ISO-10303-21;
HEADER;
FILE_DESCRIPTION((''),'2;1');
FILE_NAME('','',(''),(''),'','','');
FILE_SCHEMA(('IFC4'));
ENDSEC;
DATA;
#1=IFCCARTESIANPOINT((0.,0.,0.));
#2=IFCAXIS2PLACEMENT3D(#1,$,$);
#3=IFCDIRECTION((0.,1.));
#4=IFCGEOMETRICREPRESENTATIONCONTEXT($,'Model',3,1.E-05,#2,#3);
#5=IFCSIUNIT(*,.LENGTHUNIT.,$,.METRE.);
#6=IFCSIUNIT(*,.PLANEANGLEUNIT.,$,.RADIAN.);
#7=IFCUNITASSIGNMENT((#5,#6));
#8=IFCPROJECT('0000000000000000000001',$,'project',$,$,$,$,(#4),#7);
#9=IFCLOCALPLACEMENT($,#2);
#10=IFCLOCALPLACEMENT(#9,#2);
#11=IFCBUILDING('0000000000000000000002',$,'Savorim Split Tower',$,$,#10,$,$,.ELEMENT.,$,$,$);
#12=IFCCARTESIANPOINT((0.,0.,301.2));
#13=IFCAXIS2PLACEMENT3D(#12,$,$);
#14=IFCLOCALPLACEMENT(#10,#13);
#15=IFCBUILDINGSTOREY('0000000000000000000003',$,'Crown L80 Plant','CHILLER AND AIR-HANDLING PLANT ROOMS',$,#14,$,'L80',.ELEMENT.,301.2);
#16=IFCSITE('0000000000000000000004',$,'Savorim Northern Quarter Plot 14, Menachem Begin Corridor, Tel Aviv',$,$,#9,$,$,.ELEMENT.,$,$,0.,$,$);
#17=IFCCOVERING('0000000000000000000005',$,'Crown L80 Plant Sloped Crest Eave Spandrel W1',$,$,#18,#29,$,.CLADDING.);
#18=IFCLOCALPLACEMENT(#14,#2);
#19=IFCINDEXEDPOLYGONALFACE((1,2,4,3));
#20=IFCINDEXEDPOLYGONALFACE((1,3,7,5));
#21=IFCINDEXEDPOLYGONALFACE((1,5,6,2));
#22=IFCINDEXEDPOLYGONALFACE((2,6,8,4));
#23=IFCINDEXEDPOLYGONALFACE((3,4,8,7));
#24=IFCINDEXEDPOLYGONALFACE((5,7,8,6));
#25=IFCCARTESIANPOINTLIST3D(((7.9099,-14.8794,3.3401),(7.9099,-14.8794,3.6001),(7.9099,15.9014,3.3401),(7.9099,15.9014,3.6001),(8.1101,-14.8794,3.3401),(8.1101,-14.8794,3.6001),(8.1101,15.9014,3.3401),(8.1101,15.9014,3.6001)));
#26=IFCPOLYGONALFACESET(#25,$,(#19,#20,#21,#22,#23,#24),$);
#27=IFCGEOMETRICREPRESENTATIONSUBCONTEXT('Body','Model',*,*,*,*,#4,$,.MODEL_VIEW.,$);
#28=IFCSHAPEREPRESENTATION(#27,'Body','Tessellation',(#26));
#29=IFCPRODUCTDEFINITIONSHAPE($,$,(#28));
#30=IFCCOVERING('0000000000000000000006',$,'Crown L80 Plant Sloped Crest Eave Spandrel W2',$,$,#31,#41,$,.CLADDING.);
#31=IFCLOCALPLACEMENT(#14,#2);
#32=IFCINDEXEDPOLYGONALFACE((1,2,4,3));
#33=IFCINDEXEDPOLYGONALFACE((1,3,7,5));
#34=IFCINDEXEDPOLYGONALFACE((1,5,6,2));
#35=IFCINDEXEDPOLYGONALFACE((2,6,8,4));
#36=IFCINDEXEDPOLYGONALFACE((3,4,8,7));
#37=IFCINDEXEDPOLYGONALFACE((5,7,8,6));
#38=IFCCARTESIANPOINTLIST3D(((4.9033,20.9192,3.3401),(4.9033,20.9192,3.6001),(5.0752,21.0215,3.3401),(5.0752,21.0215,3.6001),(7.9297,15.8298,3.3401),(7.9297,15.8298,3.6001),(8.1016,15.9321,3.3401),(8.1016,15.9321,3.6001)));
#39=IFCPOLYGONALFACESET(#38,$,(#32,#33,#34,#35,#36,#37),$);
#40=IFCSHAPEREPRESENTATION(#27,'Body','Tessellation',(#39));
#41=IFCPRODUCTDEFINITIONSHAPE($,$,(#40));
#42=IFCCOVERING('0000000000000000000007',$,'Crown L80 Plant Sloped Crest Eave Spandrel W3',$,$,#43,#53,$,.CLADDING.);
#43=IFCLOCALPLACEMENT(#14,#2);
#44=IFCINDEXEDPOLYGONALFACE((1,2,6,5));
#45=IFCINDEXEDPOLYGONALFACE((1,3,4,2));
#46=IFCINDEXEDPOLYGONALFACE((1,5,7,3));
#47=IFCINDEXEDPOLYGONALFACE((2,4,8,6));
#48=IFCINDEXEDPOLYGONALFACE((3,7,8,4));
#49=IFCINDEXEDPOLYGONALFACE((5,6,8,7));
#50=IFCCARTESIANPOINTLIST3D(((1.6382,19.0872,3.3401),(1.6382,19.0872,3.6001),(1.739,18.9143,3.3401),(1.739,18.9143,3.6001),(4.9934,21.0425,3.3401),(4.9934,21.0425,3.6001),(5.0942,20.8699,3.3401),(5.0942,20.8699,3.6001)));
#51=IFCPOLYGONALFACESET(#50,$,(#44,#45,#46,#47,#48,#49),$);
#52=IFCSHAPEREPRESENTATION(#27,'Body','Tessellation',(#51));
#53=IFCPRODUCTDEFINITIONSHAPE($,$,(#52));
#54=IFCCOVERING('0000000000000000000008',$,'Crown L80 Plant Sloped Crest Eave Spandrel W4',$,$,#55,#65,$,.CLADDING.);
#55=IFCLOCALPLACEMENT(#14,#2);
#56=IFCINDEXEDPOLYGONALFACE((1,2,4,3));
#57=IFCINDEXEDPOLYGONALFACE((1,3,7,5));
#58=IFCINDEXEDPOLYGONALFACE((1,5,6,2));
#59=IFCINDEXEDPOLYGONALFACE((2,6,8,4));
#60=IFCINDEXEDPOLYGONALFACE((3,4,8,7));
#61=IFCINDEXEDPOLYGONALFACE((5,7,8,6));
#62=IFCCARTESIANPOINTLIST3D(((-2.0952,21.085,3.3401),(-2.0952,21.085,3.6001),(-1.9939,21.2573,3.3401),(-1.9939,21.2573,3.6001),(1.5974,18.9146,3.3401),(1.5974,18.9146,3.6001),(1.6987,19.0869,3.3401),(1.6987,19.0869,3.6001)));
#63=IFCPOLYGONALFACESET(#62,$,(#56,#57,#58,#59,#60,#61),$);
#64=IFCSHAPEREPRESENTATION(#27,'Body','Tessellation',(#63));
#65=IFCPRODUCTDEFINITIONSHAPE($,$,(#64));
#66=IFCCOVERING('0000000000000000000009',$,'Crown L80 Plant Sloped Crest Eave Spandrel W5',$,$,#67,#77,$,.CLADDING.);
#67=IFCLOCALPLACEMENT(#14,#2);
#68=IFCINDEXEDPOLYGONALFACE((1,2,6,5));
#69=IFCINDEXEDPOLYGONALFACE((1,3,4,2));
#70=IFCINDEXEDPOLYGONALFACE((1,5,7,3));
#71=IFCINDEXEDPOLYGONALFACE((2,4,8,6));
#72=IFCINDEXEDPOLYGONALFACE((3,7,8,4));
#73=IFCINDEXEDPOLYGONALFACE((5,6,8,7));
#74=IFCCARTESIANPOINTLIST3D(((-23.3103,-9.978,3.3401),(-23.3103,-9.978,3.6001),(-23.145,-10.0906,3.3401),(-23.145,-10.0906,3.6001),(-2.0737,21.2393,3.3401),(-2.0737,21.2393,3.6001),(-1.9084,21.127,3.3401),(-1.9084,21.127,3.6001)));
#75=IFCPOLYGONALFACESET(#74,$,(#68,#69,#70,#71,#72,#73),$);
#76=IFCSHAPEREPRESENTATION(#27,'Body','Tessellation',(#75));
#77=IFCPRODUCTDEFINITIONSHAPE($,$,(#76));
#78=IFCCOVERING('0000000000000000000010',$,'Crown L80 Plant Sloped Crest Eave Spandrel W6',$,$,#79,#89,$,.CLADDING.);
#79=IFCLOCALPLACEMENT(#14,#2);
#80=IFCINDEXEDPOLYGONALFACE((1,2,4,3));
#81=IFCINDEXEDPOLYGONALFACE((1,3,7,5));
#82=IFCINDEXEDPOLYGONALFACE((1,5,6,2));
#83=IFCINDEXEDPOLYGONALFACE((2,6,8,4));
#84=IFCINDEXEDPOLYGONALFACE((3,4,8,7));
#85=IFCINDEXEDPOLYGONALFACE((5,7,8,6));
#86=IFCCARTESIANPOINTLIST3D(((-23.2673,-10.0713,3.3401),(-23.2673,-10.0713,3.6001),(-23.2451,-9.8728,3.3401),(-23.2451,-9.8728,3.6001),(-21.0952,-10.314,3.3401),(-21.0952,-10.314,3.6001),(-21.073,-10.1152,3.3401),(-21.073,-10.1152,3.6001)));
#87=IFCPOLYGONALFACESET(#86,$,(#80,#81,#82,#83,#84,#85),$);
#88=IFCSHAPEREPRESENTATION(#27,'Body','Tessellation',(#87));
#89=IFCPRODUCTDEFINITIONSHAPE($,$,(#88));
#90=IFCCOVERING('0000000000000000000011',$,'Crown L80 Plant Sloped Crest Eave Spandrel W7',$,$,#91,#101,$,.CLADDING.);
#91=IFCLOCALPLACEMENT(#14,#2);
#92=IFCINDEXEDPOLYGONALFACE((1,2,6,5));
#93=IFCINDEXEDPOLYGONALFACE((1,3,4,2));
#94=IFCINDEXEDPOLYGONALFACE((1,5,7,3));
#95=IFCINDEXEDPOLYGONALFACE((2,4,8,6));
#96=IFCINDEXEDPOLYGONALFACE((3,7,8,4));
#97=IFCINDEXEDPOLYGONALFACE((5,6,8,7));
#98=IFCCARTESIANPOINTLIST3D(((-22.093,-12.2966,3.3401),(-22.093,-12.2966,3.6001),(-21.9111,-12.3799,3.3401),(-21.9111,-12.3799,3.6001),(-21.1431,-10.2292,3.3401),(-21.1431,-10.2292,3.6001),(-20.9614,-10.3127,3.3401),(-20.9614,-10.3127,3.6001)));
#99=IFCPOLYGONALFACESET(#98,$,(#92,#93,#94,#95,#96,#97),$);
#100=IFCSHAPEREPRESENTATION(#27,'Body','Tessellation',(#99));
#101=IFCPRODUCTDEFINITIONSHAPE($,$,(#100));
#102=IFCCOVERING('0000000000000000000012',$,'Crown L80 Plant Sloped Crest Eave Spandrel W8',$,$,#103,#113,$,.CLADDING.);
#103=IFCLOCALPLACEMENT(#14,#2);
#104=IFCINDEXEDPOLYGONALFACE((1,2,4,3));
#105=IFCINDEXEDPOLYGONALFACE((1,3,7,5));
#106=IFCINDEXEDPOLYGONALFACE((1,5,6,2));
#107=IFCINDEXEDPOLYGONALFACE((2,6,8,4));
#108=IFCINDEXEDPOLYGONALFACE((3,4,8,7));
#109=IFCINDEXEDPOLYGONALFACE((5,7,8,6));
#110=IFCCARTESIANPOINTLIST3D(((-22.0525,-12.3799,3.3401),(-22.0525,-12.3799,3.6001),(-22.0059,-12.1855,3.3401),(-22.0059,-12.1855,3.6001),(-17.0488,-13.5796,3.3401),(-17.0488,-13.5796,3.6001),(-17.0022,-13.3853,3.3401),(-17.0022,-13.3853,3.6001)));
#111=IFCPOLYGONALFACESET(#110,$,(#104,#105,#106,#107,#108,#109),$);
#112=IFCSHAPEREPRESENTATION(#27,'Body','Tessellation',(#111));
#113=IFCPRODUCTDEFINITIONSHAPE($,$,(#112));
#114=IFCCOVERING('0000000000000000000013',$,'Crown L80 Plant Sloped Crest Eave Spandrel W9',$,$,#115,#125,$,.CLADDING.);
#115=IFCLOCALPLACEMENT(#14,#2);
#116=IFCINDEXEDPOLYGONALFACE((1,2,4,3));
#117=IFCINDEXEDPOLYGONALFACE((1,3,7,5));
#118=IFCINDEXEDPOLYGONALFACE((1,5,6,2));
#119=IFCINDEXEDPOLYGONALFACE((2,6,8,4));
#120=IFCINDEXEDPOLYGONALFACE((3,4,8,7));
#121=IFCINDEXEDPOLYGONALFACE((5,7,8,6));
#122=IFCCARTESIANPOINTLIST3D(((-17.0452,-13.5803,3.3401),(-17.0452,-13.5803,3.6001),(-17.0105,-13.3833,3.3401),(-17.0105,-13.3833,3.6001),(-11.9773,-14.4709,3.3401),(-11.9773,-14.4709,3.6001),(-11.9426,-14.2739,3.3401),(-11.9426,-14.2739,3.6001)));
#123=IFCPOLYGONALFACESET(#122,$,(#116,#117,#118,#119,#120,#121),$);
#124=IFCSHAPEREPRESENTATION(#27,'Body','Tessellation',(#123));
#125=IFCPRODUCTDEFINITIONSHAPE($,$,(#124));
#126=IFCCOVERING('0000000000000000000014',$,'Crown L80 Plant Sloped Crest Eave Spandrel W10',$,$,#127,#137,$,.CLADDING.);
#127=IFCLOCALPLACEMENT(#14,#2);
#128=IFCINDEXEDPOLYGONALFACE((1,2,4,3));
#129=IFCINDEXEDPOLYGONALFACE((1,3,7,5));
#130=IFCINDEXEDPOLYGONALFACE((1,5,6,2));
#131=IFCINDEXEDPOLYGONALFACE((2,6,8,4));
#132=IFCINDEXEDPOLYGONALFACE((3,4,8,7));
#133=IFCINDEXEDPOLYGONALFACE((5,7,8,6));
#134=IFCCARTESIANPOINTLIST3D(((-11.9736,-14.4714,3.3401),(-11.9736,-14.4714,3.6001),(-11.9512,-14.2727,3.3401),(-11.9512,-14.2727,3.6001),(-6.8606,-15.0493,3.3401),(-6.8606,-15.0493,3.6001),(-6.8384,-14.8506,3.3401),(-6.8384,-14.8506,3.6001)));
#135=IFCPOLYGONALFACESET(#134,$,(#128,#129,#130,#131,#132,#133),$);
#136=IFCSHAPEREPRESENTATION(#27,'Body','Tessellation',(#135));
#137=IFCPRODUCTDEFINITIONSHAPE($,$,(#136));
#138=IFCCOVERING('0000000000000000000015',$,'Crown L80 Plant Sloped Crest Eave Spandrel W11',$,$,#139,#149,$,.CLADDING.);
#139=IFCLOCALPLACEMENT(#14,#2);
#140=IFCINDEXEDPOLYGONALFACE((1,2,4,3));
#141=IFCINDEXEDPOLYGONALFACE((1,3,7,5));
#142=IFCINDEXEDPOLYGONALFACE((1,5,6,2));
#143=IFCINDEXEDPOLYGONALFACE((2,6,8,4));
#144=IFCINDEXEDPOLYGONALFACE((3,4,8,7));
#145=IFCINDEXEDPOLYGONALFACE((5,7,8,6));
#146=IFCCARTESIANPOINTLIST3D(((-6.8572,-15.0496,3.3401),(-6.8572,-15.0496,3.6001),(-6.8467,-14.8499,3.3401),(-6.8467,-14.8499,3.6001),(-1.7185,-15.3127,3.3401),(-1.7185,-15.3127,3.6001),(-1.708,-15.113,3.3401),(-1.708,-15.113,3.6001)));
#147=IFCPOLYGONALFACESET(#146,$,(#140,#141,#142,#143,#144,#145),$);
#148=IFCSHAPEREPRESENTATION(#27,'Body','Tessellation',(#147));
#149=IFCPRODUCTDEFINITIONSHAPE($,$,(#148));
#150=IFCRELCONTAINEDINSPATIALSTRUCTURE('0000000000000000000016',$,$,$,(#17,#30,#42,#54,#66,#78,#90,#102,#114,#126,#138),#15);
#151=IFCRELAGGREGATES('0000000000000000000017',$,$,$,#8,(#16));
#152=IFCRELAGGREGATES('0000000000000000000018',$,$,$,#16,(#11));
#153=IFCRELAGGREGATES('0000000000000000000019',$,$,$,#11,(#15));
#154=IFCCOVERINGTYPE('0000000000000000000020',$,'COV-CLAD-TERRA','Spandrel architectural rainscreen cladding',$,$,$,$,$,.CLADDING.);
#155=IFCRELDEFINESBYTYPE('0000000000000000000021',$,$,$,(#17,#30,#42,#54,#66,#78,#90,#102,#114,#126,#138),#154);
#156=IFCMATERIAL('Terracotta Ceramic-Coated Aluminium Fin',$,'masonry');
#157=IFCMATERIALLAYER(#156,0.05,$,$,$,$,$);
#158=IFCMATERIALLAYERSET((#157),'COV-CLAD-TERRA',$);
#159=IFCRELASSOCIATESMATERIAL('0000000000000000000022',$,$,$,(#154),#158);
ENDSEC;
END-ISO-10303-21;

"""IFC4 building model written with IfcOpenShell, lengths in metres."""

from ifc_helpers import new_model, si_unit, direction, frame, origin, place, context, subcontext, project, spatial, polyline, outline, extrude, material, layer, layer_set, type_object, element, save


model = new_model("IFC4")

# Units and contexts
model_context = context("Model", 3, precision=1e-05, world=origin(), true_north=direction((0.0, 1.0)))
body_context = subcontext(model_context, "Body", "Model", "MODEL_VIEW")
ifc_project = project(units=[si_unit("LENGTHUNIT", "METRE"), si_unit("PLANEANGLEUNIT", "RADIAN")], contexts=[model_context])

# Site, building, storey
site_placement = place(None, origin())
site = spatial("IfcSite", under=ifc_project, at=site_placement, Name="Savorim Northern Quarter Plot 14, Menachem Begin Corridor, Tel Aviv", CompositionType="ELEMENT", RefElevation=0.0)
building_placement = place(site_placement, origin())
building = spatial("IfcBuilding", under=site, at=building_placement, Name="Savorim Split Tower", CompositionType="ELEMENT")
storey_placement = place(building_placement, frame((0.0, 0.0, 301.2)))
storey = spatial("IfcBuildingStorey", under=building, at=storey_placement, Name="Crown L80 Plant", Description="CHILLER AND AIR-HANDLING PLANT ROOMS", LongName="L80", CompositionType="ELEMENT", Elevation=301.2)

# Coverings
ifc_material_1 = material(Name="Terracotta Ceramic-Coated Aluminium Fin", Category="masonry")
ifc_layer_1 = layer(ifc_material_1, 0.05)
ifc_layer_set_1 = layer_set([ifc_layer_1], Name="COV-CLAD-TERRA")
covering_type = type_object("IfcCoveringType", Name="COV-CLAD-TERRA", Description="Spandrel architectural rainscreen cladding", PredefinedType="CLADDING", material=ifc_layer_set_1)
covering_1_placement = place(storey_placement, frame((0.0, 0.0, 3.3401)))
element("IfcCovering", 1, at=covering_1_placement, inside=storey, type_object=covering_type, Name="Crown L80 Plant Sloped Crest Eave Spandrel W1", PredefinedType="CLADDING", context=body_context, shape_type="SweptSolid", body=[
    extrude(outline(polyline([(8.1101, -14.8794), (8.1101, 15.9014), (7.9099, 15.9014), (7.9099, -14.8794), (8.1101, -14.8794)])), origin(), (0.0, 0.0, 1.0), 0.26),
])
covering_2_placement = place(storey_placement, frame((0.0, 0.0, 3.3401)))
element("IfcCovering", 2, at=covering_2_placement, inside=storey, type_object=covering_type, Name="Crown L80 Plant Sloped Crest Eave Spandrel W2", PredefinedType="CLADDING", context=body_context, shape_type="SweptSolid", body=[
    extrude(outline(polyline([(8.1016, 15.9321), (5.0752, 21.0215), (4.9033, 20.9192), (7.9297, 15.8298), (8.1016, 15.9321)])), origin(), (0.0, 0.0, 1.0), 0.26),
])
covering_3_placement = place(storey_placement, frame((0.0, 0.0, 3.3401)))
element("IfcCovering", 3, at=covering_3_placement, inside=storey, type_object=covering_type, Name="Crown L80 Plant Sloped Crest Eave Spandrel W3", PredefinedType="CLADDING", context=body_context, shape_type="SweptSolid", body=[
    extrude(outline(polyline([(4.9934, 21.0425), (1.6382, 19.0872), (1.739, 18.9143), (5.0942, 20.8699), (4.9934, 21.0425)])), origin(), (0.0, 0.0, 1.0), 0.26),
])
covering_4_placement = place(storey_placement, frame((0.0, 0.0, 3.3401)))
element("IfcCovering", 4, at=covering_4_placement, inside=storey, type_object=covering_type, Name="Crown L80 Plant Sloped Crest Eave Spandrel W4", PredefinedType="CLADDING", context=body_context, shape_type="SweptSolid", body=[
    extrude(outline(polyline([(1.6987, 19.0869), (-1.9939, 21.2573), (-2.0952, 21.085), (1.5974, 18.9146), (1.6987, 19.0869)])), origin(), (0.0, 0.0, 1.0), 0.26),
])
covering_5_placement = place(storey_placement, frame((0.0, 0.0, 3.3401)))
element("IfcCovering", 5, at=covering_5_placement, inside=storey, type_object=covering_type, Name="Crown L80 Plant Sloped Crest Eave Spandrel W5", PredefinedType="CLADDING", context=body_context, shape_type="SweptSolid", body=[
    extrude(outline(polyline([(-2.0737, 21.2393), (-23.3103, -9.978), (-23.145, -10.0906), (-1.9084, 21.127), (-2.0737, 21.2393)])), origin(), (0.0, 0.0, 1.0), 0.26),
])
covering_6_placement = place(storey_placement, frame((0.0, 0.0, 3.3401)))
element("IfcCovering", 6, at=covering_6_placement, inside=storey, type_object=covering_type, Name="Crown L80 Plant Sloped Crest Eave Spandrel W6", PredefinedType="CLADDING", context=body_context, shape_type="SweptSolid", body=[
    extrude(outline(polyline([(-23.2673, -10.0713), (-21.0952, -10.314), (-21.073, -10.1152), (-23.2451, -9.8728), (-23.2673, -10.0713)])), origin(), (0.0, 0.0, 1.0), 0.26),
])
covering_7_placement = place(storey_placement, frame((0.0, 0.0, 3.3401)))
element("IfcCovering", 7, at=covering_7_placement, inside=storey, type_object=covering_type, Name="Crown L80 Plant Sloped Crest Eave Spandrel W7", PredefinedType="CLADDING", context=body_context, shape_type="SweptSolid", body=[
    extrude(outline(polyline([(-21.1431, -10.2292), (-22.093, -12.2966), (-21.9111, -12.3799), (-20.9614, -10.3127), (-21.1431, -10.2292)])), origin(), (0.0, 0.0, 1.0), 0.26),
])
covering_8_placement = place(storey_placement, frame((0.0, 0.0, 3.3401)))
element("IfcCovering", 8, at=covering_8_placement, inside=storey, type_object=covering_type, Name="Crown L80 Plant Sloped Crest Eave Spandrel W8", PredefinedType="CLADDING", context=body_context, shape_type="SweptSolid", body=[
    extrude(outline(polyline([(-22.0525, -12.3799), (-17.0488, -13.5796), (-17.0022, -13.3853), (-22.0059, -12.1855), (-22.0525, -12.3799)])), origin(), (0.0, 0.0, 1.0), 0.26),
])
covering_9_placement = place(storey_placement, frame((0.0, 0.0, 3.3401)))
element("IfcCovering", 9, at=covering_9_placement, inside=storey, type_object=covering_type, Name="Crown L80 Plant Sloped Crest Eave Spandrel W9", PredefinedType="CLADDING", context=body_context, shape_type="SweptSolid", body=[
    extrude(outline(polyline([(-17.0452, -13.5803), (-11.9773, -14.4709), (-11.9426, -14.2739), (-17.0105, -13.3833), (-17.0452, -13.5803)])), origin(), (0.0, 0.0, 1.0), 0.26),
])
covering_10_placement = place(storey_placement, frame((0.0, 0.0, 3.3401)))
element("IfcCovering", 10, at=covering_10_placement, inside=storey, type_object=covering_type, Name="Crown L80 Plant Sloped Crest Eave Spandrel W10", PredefinedType="CLADDING", context=body_context, shape_type="SweptSolid", body=[
    extrude(outline(polyline([(-11.9736, -14.4714), (-6.8606, -15.0493), (-6.8384, -14.8506), (-11.9512, -14.2727), (-11.9736, -14.4714)])), origin(), (0.0, 0.0, 1.0), 0.26),
])
covering_11_placement = place(storey_placement, frame((0.0, 0.0, 3.3401)))
element("IfcCovering", 11, at=covering_11_placement, inside=storey, type_object=covering_type, Name="Crown L80 Plant Sloped Crest Eave Spandrel W11", PredefinedType="CLADDING", context=body_context, shape_type="SweptSolid", body=[
    extrude(outline(polyline([(-6.8572, -15.0496), (-1.7185, -15.3127), (-1.708, -15.113), (-6.8467, -14.8499), (-6.8572, -15.0496)])), origin(), (0.0, 0.0, 1.0), 0.26),
])

save(model, "model.ifc")
